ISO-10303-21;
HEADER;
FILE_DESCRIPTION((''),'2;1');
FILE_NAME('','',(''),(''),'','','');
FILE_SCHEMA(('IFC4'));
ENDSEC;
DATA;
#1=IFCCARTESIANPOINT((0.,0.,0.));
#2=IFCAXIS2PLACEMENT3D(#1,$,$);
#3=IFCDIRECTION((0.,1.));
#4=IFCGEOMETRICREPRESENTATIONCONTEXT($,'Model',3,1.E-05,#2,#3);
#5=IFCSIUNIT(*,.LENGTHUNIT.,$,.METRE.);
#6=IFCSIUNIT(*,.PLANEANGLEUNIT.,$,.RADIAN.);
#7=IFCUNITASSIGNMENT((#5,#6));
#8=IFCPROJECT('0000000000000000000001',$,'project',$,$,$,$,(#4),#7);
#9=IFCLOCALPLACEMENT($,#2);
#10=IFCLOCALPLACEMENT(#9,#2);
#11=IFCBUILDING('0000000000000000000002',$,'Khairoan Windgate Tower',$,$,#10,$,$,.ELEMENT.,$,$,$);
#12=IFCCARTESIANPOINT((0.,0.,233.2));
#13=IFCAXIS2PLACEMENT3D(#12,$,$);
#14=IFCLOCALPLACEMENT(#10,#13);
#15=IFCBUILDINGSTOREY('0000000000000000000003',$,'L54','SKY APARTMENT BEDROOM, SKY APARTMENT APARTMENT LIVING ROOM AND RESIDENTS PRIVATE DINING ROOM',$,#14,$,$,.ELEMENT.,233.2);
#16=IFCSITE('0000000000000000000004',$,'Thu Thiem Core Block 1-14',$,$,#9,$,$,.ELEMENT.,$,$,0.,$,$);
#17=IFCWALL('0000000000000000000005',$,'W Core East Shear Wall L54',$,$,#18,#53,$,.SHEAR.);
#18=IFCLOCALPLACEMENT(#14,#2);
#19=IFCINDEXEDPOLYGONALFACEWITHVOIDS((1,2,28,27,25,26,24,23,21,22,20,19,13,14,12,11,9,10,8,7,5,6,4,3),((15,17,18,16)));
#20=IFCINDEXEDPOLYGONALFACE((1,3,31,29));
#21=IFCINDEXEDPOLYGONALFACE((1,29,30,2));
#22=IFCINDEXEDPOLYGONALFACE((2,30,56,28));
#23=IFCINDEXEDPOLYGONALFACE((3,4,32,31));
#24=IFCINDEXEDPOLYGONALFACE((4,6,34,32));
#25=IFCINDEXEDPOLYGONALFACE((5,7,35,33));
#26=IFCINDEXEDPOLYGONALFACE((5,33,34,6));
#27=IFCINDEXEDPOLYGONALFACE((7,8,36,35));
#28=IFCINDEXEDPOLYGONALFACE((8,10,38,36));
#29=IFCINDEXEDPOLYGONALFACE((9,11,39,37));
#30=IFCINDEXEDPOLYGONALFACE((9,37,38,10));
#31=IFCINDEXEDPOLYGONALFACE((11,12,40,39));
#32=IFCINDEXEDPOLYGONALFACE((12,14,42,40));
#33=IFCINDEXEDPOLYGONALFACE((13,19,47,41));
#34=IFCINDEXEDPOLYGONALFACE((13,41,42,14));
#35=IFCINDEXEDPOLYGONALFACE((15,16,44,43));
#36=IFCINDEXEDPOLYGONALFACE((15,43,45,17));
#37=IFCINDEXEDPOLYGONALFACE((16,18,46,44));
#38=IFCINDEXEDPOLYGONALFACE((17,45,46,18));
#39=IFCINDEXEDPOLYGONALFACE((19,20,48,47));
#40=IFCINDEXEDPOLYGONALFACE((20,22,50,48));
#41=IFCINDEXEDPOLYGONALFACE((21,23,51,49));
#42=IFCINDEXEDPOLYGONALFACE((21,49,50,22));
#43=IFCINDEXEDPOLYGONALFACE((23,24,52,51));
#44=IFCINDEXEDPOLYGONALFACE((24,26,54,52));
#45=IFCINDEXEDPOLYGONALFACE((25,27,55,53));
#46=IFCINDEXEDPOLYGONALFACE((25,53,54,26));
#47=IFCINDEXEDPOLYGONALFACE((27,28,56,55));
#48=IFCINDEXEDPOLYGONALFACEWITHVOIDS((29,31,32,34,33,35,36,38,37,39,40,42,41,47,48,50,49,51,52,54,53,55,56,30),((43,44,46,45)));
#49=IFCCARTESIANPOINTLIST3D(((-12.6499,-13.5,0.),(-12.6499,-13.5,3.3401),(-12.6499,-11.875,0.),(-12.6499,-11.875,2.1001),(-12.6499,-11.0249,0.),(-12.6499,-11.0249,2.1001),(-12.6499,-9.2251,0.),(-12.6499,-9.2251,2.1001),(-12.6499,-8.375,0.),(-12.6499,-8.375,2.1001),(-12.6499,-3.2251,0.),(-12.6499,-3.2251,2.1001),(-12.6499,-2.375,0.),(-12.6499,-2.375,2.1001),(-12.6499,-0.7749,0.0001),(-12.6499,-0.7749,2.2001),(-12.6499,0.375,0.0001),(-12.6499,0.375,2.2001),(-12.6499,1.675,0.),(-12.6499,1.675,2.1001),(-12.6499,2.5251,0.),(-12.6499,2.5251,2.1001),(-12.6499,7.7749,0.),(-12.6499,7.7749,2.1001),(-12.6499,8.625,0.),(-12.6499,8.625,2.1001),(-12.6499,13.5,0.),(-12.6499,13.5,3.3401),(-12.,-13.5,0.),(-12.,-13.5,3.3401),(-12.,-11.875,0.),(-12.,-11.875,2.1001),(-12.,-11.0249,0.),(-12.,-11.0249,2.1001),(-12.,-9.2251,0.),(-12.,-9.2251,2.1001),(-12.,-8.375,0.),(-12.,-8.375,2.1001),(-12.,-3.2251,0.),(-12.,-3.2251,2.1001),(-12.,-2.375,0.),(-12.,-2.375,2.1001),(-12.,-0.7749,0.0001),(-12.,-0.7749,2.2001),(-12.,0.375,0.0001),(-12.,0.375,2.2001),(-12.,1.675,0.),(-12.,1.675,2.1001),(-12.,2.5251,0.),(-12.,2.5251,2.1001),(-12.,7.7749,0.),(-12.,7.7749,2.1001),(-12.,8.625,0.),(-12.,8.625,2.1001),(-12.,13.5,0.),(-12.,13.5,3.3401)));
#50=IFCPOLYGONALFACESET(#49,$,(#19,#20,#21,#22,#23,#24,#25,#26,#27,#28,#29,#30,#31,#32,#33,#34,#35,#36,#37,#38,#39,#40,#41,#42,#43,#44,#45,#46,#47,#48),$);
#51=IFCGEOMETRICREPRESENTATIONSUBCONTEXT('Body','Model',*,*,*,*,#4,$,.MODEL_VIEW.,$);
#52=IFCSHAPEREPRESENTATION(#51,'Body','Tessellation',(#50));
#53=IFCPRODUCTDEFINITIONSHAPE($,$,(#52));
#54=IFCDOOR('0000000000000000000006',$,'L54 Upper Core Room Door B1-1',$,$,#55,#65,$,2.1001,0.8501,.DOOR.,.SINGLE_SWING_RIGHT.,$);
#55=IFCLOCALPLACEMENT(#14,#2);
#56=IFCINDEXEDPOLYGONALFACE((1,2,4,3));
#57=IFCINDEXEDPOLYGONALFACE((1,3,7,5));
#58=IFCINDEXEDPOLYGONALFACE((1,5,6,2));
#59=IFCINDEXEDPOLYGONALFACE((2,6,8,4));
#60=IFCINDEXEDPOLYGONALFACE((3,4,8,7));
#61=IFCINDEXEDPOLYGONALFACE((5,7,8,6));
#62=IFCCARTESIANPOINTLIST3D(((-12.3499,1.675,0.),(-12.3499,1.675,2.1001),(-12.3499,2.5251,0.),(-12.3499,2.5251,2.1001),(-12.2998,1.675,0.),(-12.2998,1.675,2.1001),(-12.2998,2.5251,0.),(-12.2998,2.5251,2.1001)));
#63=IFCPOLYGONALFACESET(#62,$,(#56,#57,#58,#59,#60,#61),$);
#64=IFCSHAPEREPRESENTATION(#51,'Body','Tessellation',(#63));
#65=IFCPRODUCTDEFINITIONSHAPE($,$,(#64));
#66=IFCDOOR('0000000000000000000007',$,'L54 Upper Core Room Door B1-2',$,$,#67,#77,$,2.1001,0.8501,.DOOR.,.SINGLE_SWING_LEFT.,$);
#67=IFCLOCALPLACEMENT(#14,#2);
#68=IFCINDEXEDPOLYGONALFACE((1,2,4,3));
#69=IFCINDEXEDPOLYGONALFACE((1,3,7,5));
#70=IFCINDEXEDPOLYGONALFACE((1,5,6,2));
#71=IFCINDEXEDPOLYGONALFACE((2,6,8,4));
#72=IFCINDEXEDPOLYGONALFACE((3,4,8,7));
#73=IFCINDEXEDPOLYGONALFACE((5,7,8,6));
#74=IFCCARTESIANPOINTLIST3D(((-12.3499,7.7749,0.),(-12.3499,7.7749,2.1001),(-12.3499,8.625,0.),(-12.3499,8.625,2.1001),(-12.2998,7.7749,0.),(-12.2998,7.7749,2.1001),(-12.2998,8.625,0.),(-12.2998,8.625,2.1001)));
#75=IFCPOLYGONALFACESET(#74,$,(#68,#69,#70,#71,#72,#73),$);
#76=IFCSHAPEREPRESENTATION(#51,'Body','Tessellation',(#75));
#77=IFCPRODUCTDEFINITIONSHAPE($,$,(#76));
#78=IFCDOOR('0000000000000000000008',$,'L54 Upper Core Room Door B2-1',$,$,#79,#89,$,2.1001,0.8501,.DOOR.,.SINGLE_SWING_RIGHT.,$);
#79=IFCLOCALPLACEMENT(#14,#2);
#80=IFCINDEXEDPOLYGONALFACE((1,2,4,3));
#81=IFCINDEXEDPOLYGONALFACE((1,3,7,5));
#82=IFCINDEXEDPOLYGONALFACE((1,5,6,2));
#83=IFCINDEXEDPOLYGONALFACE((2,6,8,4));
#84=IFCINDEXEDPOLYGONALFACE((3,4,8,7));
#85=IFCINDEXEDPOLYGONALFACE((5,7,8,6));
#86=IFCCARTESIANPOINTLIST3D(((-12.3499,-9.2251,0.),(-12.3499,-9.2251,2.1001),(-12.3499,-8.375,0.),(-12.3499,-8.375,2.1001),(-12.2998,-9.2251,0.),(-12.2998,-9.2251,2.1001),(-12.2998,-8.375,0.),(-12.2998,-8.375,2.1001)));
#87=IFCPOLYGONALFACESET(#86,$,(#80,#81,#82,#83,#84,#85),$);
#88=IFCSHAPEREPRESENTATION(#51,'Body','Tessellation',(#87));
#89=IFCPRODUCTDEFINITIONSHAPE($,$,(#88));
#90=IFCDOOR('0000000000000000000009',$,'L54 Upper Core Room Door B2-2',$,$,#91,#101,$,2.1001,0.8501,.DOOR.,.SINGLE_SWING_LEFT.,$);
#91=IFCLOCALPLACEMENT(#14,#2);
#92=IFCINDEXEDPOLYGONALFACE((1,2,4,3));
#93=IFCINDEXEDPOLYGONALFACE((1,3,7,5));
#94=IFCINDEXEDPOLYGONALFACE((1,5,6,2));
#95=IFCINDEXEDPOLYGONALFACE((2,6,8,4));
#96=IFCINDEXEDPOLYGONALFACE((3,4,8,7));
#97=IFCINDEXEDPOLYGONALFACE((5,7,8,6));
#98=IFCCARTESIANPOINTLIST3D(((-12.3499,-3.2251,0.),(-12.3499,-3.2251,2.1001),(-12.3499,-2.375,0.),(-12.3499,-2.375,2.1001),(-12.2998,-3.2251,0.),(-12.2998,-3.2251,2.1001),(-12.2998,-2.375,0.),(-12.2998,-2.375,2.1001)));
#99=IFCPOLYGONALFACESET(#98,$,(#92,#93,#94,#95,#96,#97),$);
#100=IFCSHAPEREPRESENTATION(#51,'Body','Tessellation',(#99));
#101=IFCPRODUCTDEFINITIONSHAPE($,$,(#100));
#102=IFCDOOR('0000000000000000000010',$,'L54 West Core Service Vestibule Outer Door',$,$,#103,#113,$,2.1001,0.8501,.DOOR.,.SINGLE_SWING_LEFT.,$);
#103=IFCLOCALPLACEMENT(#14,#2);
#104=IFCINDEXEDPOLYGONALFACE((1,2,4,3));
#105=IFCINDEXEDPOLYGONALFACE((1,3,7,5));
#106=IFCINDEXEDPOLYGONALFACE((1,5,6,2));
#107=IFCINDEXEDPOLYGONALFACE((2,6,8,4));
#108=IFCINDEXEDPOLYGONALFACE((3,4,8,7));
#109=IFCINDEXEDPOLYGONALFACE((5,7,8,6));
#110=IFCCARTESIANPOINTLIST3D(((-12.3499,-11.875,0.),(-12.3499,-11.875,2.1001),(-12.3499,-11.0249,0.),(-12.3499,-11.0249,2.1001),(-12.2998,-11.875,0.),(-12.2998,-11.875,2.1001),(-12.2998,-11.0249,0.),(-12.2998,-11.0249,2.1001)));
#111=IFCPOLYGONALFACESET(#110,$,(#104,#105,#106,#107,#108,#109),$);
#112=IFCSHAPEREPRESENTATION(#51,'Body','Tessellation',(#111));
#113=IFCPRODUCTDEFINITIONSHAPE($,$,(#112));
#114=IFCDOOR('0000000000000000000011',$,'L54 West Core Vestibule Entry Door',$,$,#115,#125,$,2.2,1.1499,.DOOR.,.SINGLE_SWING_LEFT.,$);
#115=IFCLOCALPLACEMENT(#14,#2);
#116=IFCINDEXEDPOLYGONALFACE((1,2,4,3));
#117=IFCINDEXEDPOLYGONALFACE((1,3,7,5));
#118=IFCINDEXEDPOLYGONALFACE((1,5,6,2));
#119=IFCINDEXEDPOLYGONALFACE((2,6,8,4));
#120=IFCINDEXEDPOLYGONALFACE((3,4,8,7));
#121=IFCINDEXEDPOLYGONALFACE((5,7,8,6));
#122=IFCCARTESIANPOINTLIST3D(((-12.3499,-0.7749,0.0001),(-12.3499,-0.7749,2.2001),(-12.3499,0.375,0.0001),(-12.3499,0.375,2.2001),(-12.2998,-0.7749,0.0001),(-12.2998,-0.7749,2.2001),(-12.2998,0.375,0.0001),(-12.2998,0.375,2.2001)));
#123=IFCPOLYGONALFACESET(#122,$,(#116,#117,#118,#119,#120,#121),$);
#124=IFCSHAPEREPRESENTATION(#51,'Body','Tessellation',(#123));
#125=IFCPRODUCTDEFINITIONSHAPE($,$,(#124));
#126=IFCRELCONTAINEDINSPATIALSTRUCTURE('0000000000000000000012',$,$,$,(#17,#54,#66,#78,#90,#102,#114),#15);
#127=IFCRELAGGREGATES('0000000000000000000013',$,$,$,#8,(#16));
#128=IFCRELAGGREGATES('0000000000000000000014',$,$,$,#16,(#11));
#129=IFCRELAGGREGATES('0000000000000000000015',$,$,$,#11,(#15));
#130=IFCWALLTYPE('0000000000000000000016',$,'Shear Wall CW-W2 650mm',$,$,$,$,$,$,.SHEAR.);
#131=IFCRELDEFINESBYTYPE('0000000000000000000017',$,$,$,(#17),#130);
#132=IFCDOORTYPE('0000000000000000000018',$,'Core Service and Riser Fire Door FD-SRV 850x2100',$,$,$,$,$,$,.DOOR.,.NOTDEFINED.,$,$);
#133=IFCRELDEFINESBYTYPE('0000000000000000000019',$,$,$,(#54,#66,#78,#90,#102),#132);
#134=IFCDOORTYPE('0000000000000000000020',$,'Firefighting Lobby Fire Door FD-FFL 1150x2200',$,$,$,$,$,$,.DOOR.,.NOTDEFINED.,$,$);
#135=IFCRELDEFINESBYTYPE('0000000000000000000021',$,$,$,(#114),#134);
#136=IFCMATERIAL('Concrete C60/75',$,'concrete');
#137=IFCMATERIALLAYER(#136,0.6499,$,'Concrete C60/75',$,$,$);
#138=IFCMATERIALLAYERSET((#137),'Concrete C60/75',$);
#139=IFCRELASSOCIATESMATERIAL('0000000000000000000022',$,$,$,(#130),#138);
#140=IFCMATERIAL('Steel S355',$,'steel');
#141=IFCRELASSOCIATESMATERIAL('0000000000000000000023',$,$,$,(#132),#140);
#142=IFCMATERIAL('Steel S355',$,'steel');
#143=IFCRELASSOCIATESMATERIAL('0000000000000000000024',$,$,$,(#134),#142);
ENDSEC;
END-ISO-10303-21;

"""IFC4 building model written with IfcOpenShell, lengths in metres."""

from ifc_helpers import new_model, si_unit, direction, frame, frame_2d, origin, place, context, subcontext, project, spatial, rectangle, extrude, material, layer, layer_set, type_object, element, fill, save


model = new_model("IFC4")

# Units and contexts
model_context = context("Model", 3, precision=1e-05, world=origin(), true_north=direction((0.0, 1.0)))
body_context = subcontext(model_context, "Body", "Model", "MODEL_VIEW")
ifc_project = project(units=[si_unit("LENGTHUNIT", "METRE"), si_unit("PLANEANGLEUNIT", "RADIAN")], contexts=[model_context])

# Site, building, storey
site_placement = place(None, origin())
site = spatial("IfcSite", under=ifc_project, at=site_placement, Name="Thu Thiem Core Block 1-14", CompositionType="ELEMENT", RefElevation=0.0)
building_placement = place(site_placement, origin())
building = spatial("IfcBuilding", under=site, at=building_placement, Name="Khairoan Windgate Tower", CompositionType="ELEMENT")
storey_placement = place(building_placement, frame((0.0, 0.0, 233.2)))
storey = spatial("IfcBuildingStorey", under=building, at=storey_placement, Name="L54", Description="SKY APARTMENT BEDROOM, SKY APARTMENT APARTMENT LIVING ROOM AND RESIDENTS PRIVATE DINING ROOM", CompositionType="ELEMENT", Elevation=233.2)

# Wall, openings, doors
ifc_material_1 = material(Name="Concrete C60/75", Category="concrete")
ifc_layer_1 = layer(ifc_material_1, 0.6499, Name="Concrete C60/75")
ifc_layer_set_1 = layer_set([ifc_layer_1], Name="Concrete C60/75")
wall_type_1 = type_object("IfcWallType", Name="Shear Wall CW-W2 650mm", PredefinedType="SHEAR", material=ifc_layer_set_1)
wall_1_placement = place(storey_placement, frame((-12.325, -13.5, 0.0), z_axis=(0.0, 0.0, 1.0), x_axis=(0.0, 1.0, 0.0)))
wall_1 = element("IfcWall", 1, at=wall_1_placement, inside=storey, type_object=wall_type_1, Name="W Core East Shear Wall L54", PredefinedType="SHEAR", context=body_context, shape_type="SweptSolid", body=[
    extrude(rectangle(XDim=27.0, YDim=0.6499, at=frame_2d((13.5, 0.0))), origin(), (0.0, 0.0, 1.0), 3.3401),
])
opening_1_placement = place(wall_1_placement, frame((15.175, 0.0, 0.0)))
opening_1 = element("IfcOpeningElement", 2, at=opening_1_placement, cuts=wall_1, PredefinedType="OPENING", context=body_context, shape_type="SweptSolid", body=[
    extrude(rectangle(XDim=0.8501, YDim=2.1001, at=frame_2d((0.425, 1.05))), frame((0.0, 0.335, 0.0), z_axis=(0.0, -1.0, 0.0), x_axis=(1.0, 0.0, 0.0)), (0.0, 0.0, 1.0), 0.6699),
])
opening_2_placement = place(wall_1_placement, frame((21.2749, 0.0, 0.0)))
opening_2 = element("IfcOpeningElement", 3, at=opening_2_placement, cuts=wall_1, PredefinedType="OPENING", context=body_context, shape_type="SweptSolid", body=[
    extrude(rectangle(XDim=0.8501, YDim=2.1001, at=frame_2d((0.425, 1.05))), frame((0.0, 0.335, 0.0), z_axis=(0.0, -1.0, 0.0), x_axis=(1.0, 0.0, 0.0)), (0.0, 0.0, 1.0), 0.6699),
])
opening_3_placement = place(wall_1_placement, frame((4.2749, 0.0, 0.0)))
opening_3 = element("IfcOpeningElement", 4, at=opening_3_placement, cuts=wall_1, PredefinedType="OPENING", context=body_context, shape_type="SweptSolid", body=[
    extrude(rectangle(XDim=0.8501, YDim=2.1001, at=frame_2d((0.425, 1.05))), frame((0.0, 0.335, 0.0), z_axis=(0.0, -1.0, 0.0), x_axis=(1.0, 0.0, 0.0)), (0.0, 0.0, 1.0), 0.6699),
])
opening_4_placement = place(wall_1_placement, frame((10.2749, 0.0, 0.0)))
opening_4 = element("IfcOpeningElement", 5, at=opening_4_placement, cuts=wall_1, PredefinedType="OPENING", context=body_context, shape_type="SweptSolid", body=[
    extrude(rectangle(XDim=0.8501, YDim=2.1001, at=frame_2d((0.425, 1.05))), frame((0.0, 0.335, 0.0), z_axis=(0.0, -1.0, 0.0), x_axis=(1.0, 0.0, 0.0)), (0.0, 0.0, 1.0), 0.6699),
])
opening_5_placement = place(wall_1_placement, frame((12.7251, 0.0, 0.0)))
opening_5 = element("IfcOpeningElement", 6, at=opening_5_placement, cuts=wall_1, PredefinedType="OPENING", context=body_context, shape_type="SweptSolid", body=[
    extrude(rectangle(XDim=1.1499, YDim=2.2, at=frame_2d((0.575, 1.1001))), frame((0.0, 0.335, 0.0), z_axis=(0.0, -1.0, 0.0), x_axis=(1.0, 0.0, 0.0)), (0.0, 0.0, 1.0), 0.6699),
])
opening_6_placement = place(wall_1_placement, frame((1.625, 0.0, 0.0)))
opening_6 = element("IfcOpeningElement", 7, at=opening_6_placement, cuts=wall_1, PredefinedType="OPENING", context=body_context, shape_type="SweptSolid", body=[
    extrude(rectangle(XDim=0.8501, YDim=2.1001, at=frame_2d((0.425, 1.05))), frame((0.0, 0.335, 0.0), z_axis=(0.0, -1.0, 0.0), x_axis=(1.0, 0.0, 0.0)), (0.0, 0.0, 1.0), 0.6699),
])
ifc_material_2 = material(Name="Steel S355", Category="steel")
door_type_1 = type_object("IfcDoorType", Name="Core Service and Riser Fire Door FD-SRV 850x2100", OperationType="NOTDEFINED", PredefinedType="DOOR", material=ifc_material_2)
door_1_placement = place(opening_1_placement, origin())
door_1 = element("IfcDoor", 8, at=door_1_placement, inside=storey, type_object=door_type_1, Name="L54 Upper Core Room Door B1-1", OperationType="SINGLE_SWING_RIGHT", OverallHeight=2.1001, OverallWidth=0.8501, PredefinedType="DOOR", context=body_context, shape_type="SweptSolid", body=[
    extrude(rectangle(XDim=0.8501, YDim=2.1001, at=frame_2d((0.425, 1.05))), frame((0.0, 0.0249, 0.0), z_axis=(0.0, -1.0, 0.0), x_axis=(1.0, 0.0, 0.0)), (0.0, 0.0, 1.0), 0.05),
])
fill(opening_1, door_1)
door_2_placement = place(opening_2_placement, origin())
door_2 = element("IfcDoor", 9, at=door_2_placement, inside=storey, type_object=door_type_1, Name="L54 Upper Core Room Door B1-2", OperationType="SINGLE_SWING_LEFT", OverallHeight=2.1001, OverallWidth=0.8501, PredefinedType="DOOR", context=body_context, shape_type="SweptSolid", body=[
    extrude(rectangle(XDim=0.8501, YDim=2.1001, at=frame_2d((0.425, 1.05))), frame((0.0, 0.0249, 0.0), z_axis=(0.0, -1.0, 0.0), x_axis=(1.0, 0.0, 0.0)), (0.0, 0.0, 1.0), 0.05),
])
fill(opening_2, door_2)
door_3_placement = place(opening_3_placement, origin())
door_3 = element("IfcDoor", 10, at=door_3_placement, inside=storey, type_object=door_type_1, Name="L54 Upper Core Room Door B2-1", OperationType="SINGLE_SWING_RIGHT", OverallHeight=2.1001, OverallWidth=0.8501, PredefinedType="DOOR", context=body_context, shape_type="SweptSolid", body=[
    extrude(rectangle(XDim=0.8501, YDim=2.1001, at=frame_2d((0.425, 1.05))), frame((0.0, 0.0249, 0.0), z_axis=(0.0, -1.0, 0.0), x_axis=(1.0, 0.0, 0.0)), (0.0, 0.0, 1.0), 0.05),
])
fill(opening_3, door_3)
door_4_placement = place(opening_4_placement, origin())
door_4 = element("IfcDoor", 11, at=door_4_placement, inside=storey, type_object=door_type_1, Name="L54 Upper Core Room Door B2-2", OperationType="SINGLE_SWING_LEFT", OverallHeight=2.1001, OverallWidth=0.8501, PredefinedType="DOOR", context=body_context, shape_type="SweptSolid", body=[
    extrude(rectangle(XDim=0.8501, YDim=2.1001, at=frame_2d((0.425, 1.05))), frame((0.0, 0.0249, 0.0), z_axis=(0.0, -1.0, 0.0), x_axis=(1.0, 0.0, 0.0)), (0.0, 0.0, 1.0), 0.05),
])
fill(opening_4, door_4)
door_5_placement = place(opening_6_placement, origin())
door_5 = element("IfcDoor", 12, at=door_5_placement, inside=storey, type_object=door_type_1, Name="L54 West Core Service Vestibule Outer Door", OperationType="SINGLE_SWING_LEFT", OverallHeight=2.1001, OverallWidth=0.8501, PredefinedType="DOOR", context=body_context, shape_type="SweptSolid", body=[
    extrude(rectangle(XDim=0.8501, YDim=2.1001, at=frame_2d((0.425, 1.05))), frame((0.0, 0.0249, 0.0), z_axis=(0.0, -1.0, 0.0), x_axis=(1.0, 0.0, 0.0)), (0.0, 0.0, 1.0), 0.05),
])
fill(opening_6, door_5)
ifc_material_3 = material(Name="Steel S355", Category="steel")
door_type_2 = type_object("IfcDoorType", Name="Firefighting Lobby Fire Door FD-FFL 1150x2200", OperationType="NOTDEFINED", PredefinedType="DOOR", material=ifc_material_3)
door_6_placement = place(opening_5_placement, origin())
door_6 = element("IfcDoor", 13, at=door_6_placement, inside=storey, type_object=door_type_2, Name="L54 West Core Vestibule Entry Door", OperationType="SINGLE_SWING_LEFT", OverallHeight=2.2, OverallWidth=1.1499, PredefinedType="DOOR", context=body_context, shape_type="SweptSolid", body=[
    extrude(rectangle(XDim=1.1499, YDim=2.2, at=frame_2d((0.575, 1.1001))), frame((0.0, 0.0249, 0.0), z_axis=(0.0, -1.0, 0.0), x_axis=(1.0, 0.0, 0.0)), (0.0, 0.0, 1.0), 0.05),
])
fill(opening_5, door_6)

save(model, "model.ifc")
